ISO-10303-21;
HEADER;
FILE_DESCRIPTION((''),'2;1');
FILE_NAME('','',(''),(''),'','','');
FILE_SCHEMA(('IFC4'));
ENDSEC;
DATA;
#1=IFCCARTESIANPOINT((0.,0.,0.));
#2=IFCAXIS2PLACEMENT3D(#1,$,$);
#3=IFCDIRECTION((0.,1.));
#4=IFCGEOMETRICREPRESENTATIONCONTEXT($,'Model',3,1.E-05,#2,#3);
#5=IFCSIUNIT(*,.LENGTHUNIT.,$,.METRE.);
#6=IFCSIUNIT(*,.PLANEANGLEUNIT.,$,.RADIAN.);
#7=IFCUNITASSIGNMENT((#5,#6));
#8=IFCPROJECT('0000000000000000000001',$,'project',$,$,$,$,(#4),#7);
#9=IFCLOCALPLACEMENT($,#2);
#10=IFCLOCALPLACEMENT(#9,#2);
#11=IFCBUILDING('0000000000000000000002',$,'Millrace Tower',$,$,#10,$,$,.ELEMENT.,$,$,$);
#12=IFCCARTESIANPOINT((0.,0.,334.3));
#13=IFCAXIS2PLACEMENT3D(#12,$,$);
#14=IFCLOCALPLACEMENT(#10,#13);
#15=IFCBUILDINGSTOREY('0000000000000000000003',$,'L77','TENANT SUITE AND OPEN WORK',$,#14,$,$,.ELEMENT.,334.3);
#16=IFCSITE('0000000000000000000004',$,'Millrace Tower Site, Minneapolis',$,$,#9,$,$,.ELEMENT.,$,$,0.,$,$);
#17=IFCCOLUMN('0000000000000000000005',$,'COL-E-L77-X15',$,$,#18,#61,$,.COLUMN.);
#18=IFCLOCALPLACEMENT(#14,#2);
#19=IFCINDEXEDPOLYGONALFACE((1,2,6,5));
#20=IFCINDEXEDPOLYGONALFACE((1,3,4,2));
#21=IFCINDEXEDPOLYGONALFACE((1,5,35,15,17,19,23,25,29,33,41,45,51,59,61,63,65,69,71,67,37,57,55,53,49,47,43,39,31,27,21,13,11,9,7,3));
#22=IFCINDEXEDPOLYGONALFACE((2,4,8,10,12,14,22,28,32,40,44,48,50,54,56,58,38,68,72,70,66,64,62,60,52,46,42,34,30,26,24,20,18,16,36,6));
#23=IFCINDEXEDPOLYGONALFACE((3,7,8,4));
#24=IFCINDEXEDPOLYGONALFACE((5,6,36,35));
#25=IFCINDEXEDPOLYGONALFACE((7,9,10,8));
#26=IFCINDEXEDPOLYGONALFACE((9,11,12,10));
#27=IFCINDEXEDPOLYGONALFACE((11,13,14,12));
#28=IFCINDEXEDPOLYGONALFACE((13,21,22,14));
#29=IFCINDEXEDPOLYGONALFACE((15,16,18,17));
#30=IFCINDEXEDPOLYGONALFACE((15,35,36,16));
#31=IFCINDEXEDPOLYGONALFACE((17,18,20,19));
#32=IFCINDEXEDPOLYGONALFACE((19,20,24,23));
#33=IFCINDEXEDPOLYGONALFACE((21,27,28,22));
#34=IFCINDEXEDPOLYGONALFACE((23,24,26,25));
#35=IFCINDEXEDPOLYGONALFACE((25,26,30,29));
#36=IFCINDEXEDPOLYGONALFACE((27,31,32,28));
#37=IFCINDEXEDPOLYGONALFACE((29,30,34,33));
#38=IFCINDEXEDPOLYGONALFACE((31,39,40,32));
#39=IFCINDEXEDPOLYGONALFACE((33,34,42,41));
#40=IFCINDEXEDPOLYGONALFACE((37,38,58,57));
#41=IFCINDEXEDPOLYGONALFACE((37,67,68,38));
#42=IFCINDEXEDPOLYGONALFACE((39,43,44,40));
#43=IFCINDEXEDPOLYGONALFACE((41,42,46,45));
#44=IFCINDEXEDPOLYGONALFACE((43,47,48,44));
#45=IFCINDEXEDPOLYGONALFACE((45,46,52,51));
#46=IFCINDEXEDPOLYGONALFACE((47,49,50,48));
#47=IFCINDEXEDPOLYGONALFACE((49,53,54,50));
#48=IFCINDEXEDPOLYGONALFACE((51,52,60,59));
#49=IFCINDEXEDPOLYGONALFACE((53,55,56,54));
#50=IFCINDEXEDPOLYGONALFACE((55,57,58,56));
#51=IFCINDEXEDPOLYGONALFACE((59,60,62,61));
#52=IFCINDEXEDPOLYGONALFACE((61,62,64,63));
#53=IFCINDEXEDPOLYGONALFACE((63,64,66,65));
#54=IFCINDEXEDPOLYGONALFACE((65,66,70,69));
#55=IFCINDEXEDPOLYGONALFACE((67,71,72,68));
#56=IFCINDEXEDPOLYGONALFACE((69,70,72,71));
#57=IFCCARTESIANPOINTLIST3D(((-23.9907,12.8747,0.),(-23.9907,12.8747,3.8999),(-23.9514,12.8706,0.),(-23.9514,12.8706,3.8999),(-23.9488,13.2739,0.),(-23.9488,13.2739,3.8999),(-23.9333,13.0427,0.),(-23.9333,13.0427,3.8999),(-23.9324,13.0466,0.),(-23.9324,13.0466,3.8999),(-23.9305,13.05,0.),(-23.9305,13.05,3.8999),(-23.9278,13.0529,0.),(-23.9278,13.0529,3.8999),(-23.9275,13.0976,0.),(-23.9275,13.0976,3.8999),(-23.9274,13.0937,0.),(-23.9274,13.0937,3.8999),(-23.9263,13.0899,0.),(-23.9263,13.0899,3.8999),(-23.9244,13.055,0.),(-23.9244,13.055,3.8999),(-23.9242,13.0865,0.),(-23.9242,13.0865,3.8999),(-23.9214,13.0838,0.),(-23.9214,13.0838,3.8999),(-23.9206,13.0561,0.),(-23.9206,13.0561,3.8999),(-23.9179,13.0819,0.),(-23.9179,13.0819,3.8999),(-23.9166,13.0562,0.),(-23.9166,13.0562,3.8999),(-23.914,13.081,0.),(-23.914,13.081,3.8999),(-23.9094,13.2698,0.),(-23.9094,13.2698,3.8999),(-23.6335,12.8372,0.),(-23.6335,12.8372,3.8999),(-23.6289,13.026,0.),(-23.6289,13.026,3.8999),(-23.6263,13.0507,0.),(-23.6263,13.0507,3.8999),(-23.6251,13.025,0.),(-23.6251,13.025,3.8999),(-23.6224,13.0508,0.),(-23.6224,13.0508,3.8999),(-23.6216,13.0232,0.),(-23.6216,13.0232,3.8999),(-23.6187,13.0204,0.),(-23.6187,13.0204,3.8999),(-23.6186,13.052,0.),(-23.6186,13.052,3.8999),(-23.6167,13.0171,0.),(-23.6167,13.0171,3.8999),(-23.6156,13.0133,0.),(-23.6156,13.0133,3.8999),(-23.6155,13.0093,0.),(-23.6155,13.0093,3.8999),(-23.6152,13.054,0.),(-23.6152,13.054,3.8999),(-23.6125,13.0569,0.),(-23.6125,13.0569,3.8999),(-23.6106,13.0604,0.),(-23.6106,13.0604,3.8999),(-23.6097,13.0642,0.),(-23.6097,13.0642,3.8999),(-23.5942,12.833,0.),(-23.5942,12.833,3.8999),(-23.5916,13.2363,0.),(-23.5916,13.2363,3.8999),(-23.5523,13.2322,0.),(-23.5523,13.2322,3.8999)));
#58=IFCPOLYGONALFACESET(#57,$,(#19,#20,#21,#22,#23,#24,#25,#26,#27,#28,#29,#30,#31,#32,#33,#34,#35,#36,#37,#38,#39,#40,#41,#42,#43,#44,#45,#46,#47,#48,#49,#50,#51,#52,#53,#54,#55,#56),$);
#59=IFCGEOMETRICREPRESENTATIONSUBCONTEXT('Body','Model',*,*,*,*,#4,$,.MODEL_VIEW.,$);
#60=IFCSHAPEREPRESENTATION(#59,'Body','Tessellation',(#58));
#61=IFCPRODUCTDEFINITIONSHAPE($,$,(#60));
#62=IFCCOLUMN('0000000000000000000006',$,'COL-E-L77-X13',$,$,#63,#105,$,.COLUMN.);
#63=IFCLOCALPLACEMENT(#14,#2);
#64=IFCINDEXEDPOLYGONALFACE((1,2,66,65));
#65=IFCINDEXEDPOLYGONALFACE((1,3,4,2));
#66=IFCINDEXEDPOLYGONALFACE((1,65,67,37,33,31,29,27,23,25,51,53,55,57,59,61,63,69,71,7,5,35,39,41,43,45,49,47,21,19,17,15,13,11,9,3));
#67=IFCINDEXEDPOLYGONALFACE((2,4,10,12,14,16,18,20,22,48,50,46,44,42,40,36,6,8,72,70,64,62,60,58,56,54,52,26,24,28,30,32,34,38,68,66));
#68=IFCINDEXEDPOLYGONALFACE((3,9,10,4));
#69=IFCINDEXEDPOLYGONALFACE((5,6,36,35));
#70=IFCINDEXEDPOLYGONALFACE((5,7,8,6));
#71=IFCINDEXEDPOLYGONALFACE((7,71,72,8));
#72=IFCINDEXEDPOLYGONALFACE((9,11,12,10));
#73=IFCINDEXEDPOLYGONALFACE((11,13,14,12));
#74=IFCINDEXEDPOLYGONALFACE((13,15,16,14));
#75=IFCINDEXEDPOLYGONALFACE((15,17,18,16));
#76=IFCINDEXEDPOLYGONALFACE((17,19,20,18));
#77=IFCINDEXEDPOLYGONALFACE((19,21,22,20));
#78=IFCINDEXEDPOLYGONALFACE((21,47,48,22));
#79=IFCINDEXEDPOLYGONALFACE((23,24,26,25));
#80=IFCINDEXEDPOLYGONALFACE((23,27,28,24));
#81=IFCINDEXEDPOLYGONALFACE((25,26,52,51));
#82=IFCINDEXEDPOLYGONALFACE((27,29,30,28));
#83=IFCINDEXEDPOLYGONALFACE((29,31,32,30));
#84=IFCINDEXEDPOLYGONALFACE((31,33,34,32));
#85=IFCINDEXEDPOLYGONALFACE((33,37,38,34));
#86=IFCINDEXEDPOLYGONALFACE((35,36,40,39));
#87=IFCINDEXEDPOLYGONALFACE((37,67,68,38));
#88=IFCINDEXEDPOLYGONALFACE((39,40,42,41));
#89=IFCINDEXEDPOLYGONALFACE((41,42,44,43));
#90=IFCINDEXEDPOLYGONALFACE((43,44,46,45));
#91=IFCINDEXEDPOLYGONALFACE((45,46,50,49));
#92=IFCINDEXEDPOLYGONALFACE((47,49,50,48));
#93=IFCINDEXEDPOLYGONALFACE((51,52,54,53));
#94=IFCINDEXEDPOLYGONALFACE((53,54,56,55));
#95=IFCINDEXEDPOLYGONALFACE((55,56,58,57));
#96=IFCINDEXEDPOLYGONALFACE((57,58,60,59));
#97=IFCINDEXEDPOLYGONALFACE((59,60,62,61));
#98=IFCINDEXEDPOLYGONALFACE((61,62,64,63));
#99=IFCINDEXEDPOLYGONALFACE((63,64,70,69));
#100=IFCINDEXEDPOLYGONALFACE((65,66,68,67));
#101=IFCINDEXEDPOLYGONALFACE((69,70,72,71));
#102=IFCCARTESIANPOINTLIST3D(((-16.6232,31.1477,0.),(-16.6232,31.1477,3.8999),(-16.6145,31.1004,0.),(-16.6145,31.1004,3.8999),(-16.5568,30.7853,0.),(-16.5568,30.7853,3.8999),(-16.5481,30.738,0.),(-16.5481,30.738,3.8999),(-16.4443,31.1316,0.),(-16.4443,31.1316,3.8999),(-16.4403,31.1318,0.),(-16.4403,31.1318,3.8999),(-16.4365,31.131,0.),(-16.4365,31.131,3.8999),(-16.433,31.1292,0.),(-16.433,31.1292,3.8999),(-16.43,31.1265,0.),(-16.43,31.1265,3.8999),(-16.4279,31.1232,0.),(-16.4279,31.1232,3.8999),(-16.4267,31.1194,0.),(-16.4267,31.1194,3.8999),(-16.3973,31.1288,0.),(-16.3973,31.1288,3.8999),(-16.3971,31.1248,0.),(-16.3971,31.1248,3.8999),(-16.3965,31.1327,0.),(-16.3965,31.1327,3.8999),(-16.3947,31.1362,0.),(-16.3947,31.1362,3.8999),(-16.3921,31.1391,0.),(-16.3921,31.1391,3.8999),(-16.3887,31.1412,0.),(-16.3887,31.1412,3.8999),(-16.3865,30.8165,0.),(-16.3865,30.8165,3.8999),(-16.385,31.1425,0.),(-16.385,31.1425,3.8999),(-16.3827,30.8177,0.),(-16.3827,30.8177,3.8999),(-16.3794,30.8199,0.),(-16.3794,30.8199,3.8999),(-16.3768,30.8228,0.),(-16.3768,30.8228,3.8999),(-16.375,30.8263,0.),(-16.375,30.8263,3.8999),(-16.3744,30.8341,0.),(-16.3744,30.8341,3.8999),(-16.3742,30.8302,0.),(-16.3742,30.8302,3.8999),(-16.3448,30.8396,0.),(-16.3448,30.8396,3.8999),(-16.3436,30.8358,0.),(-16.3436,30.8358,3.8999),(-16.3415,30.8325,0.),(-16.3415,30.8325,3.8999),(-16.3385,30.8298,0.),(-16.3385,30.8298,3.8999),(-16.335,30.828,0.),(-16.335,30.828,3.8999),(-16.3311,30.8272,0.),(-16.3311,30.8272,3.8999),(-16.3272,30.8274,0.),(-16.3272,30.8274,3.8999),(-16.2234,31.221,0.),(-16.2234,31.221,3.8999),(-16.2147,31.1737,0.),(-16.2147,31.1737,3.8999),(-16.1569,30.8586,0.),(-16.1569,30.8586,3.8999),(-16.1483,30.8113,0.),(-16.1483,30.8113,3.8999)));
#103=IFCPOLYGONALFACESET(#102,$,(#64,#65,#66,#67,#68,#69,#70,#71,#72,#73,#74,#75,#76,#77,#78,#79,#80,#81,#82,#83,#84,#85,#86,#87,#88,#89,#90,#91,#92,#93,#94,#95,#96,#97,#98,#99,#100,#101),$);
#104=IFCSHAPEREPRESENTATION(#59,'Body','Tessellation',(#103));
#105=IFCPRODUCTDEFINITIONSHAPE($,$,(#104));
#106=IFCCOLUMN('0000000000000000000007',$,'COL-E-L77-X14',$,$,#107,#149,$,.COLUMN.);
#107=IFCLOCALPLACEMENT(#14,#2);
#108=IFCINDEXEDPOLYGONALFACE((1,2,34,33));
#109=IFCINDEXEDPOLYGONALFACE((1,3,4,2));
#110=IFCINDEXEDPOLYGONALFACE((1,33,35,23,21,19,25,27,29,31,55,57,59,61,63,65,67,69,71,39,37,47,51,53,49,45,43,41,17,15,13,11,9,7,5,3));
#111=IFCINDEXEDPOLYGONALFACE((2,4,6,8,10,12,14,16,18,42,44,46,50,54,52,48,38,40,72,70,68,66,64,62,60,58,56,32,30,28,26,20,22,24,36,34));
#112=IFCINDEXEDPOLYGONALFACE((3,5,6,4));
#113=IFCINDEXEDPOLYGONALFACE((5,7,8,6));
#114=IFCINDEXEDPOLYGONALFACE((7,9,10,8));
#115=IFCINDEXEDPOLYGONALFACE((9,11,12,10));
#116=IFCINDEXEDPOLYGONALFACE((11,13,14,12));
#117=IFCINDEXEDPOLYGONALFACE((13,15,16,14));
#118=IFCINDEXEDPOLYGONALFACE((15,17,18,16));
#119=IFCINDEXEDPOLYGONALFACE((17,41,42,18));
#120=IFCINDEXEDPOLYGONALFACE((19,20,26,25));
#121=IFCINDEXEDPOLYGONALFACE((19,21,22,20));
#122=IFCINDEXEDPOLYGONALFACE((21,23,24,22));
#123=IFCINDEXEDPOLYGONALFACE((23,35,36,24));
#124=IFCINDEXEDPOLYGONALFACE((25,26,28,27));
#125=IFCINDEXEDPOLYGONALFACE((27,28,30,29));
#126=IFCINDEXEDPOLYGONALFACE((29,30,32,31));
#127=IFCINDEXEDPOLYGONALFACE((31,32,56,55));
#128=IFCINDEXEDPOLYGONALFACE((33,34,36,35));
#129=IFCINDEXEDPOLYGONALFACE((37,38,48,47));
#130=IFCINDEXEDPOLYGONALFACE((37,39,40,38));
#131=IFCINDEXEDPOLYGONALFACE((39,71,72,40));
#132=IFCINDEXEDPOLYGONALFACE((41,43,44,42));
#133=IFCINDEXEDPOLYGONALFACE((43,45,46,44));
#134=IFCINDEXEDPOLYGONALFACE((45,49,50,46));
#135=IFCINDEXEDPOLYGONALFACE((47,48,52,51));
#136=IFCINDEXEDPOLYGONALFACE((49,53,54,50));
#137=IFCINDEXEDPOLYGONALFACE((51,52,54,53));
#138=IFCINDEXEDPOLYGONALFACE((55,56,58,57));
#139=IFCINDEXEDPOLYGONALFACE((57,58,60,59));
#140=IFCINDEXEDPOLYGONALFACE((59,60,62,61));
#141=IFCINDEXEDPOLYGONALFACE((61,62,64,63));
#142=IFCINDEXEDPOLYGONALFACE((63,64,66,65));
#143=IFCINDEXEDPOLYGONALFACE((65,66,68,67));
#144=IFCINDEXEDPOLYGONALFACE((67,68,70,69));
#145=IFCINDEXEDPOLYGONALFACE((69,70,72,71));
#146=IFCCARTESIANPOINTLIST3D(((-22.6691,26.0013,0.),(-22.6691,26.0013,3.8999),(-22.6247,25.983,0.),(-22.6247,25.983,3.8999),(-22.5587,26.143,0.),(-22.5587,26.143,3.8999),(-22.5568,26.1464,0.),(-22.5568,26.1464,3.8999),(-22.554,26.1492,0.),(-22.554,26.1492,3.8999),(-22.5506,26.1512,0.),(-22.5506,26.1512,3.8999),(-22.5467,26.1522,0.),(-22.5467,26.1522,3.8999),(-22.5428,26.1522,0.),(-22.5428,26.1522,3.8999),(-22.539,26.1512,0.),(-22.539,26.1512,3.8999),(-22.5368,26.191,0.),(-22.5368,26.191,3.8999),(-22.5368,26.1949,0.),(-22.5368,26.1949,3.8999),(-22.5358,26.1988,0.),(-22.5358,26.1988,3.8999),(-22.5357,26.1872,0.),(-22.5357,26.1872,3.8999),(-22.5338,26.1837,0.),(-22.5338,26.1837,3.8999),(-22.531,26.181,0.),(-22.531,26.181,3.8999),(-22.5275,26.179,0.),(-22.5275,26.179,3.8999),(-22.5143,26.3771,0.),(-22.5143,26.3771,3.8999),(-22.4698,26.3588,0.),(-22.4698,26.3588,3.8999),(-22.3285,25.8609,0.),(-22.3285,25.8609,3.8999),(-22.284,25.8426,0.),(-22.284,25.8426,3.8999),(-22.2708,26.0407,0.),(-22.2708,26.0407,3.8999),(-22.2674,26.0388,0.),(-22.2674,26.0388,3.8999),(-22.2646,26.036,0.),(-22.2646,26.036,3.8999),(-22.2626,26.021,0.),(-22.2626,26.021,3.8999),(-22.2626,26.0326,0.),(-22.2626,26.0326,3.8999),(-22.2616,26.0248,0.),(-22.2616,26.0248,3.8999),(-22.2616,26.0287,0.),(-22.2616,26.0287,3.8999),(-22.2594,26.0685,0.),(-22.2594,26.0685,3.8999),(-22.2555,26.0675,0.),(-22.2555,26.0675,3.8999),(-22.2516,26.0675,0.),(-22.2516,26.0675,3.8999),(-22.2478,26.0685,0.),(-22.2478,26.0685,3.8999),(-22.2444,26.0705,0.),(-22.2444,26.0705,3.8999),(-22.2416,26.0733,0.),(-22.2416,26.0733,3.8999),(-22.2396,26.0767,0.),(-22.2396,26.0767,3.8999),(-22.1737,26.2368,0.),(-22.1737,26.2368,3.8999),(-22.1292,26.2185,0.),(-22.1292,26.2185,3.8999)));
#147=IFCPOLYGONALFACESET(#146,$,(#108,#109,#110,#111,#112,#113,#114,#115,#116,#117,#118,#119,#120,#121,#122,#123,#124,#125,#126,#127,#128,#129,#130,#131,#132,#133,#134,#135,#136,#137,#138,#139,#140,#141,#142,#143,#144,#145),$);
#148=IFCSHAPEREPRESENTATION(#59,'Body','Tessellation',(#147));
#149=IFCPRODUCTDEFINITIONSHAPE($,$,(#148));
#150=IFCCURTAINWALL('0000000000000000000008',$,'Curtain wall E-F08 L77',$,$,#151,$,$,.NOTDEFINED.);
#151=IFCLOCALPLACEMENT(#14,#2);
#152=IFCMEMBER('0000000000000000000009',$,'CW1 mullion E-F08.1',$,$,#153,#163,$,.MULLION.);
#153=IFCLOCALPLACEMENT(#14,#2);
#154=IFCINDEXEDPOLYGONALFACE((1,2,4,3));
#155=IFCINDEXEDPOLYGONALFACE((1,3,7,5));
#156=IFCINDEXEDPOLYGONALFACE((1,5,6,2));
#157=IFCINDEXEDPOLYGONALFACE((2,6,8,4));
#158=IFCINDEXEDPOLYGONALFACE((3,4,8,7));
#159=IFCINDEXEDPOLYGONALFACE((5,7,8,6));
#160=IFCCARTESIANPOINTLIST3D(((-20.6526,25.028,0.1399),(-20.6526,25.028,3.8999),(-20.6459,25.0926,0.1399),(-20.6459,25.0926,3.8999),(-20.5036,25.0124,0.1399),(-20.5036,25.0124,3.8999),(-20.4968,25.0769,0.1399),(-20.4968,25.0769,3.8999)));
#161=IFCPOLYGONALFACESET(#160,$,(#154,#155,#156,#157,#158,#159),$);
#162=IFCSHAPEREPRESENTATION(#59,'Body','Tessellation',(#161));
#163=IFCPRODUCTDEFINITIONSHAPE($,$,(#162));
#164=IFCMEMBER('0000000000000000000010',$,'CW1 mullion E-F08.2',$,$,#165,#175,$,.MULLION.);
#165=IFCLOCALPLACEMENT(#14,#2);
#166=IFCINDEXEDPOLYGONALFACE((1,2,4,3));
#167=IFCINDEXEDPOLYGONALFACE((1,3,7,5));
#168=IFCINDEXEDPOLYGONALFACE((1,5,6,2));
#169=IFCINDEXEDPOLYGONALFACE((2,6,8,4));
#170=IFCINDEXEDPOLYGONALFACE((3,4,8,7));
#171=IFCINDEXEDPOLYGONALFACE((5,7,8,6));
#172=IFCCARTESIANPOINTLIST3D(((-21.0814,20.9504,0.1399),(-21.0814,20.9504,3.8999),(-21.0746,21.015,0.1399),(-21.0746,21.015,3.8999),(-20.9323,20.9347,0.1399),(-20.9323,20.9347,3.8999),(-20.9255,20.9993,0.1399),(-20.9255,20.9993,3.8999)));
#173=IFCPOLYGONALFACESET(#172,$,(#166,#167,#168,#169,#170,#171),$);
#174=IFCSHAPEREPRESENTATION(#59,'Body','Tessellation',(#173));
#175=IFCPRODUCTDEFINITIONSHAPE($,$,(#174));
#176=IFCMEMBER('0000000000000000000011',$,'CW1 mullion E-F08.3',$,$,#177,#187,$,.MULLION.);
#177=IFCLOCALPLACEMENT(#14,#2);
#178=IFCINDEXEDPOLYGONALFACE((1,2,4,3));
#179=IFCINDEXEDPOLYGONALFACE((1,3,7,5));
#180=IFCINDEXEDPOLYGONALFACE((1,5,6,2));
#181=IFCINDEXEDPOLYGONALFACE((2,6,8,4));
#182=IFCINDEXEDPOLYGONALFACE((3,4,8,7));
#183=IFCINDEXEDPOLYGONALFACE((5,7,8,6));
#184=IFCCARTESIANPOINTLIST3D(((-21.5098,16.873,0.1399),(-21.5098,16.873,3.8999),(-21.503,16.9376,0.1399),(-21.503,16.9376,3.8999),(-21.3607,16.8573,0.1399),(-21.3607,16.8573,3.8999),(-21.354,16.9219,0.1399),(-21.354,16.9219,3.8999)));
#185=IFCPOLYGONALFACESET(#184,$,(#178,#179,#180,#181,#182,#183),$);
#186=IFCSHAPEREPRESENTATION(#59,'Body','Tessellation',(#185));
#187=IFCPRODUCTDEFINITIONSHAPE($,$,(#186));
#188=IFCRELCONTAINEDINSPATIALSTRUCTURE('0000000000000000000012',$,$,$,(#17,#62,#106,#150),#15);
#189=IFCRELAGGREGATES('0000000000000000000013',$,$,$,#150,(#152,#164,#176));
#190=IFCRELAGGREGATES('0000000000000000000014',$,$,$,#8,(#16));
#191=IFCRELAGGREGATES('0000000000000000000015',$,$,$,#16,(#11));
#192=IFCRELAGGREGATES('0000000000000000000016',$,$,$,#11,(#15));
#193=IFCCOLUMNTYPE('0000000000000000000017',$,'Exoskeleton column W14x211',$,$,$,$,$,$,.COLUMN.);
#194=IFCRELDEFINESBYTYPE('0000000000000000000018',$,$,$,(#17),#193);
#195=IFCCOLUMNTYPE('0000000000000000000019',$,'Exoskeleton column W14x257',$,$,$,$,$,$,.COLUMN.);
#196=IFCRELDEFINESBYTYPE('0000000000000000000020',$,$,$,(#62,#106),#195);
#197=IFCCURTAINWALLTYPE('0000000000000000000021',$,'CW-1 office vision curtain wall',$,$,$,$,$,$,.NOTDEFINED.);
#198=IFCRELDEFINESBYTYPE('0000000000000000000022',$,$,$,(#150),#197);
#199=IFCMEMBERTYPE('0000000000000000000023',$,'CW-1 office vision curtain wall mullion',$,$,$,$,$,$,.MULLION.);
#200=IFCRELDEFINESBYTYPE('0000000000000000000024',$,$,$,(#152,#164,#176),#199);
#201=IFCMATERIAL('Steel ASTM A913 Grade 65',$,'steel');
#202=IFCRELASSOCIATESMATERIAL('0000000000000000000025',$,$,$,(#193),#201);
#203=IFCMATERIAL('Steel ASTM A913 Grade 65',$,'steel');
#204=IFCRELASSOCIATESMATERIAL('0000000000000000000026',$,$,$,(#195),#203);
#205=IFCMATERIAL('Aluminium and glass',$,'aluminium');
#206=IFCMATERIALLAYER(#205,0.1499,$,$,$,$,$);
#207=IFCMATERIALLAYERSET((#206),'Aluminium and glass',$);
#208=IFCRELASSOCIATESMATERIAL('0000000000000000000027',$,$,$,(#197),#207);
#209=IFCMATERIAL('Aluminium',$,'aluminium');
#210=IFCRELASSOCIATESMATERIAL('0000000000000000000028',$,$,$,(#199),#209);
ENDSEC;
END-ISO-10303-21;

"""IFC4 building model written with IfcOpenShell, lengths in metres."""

from ifc_helpers import new_model, si_unit, direction, frame, origin, origin_2d, place, context, subcontext, project, spatial, rectangle, i_section, extrude, material, layer, layer_set, material_profile, profile_set, type_object, element, aggregate, save


model = new_model("IFC4")

# Units and contexts
model_context = context("Model", 3, precision=1e-05, world=origin(), true_north=direction((0.0, 1.0)))
body_context = subcontext(model_context, "Body", "Model", "MODEL_VIEW")
ifc_project = project(units=[si_unit("LENGTHUNIT", "METRE"), si_unit("PLANEANGLEUNIT", "RADIAN")], contexts=[model_context])

# Site, building, storey
site_placement = place(None, origin())
site = spatial("IfcSite", under=ifc_project, at=site_placement, Name="Millrace Tower Site, Minneapolis", CompositionType="ELEMENT", RefElevation=0.0)
building_placement = place(site_placement, origin())
building = spatial("IfcBuilding", under=site, at=building_placement, Name="Millrace Tower", CompositionType="ELEMENT")
storey_placement = place(building_placement, frame((0.0, 0.0, 334.3)))
storey = spatial("IfcBuildingStorey", under=building, at=storey_placement, Name="L77", Description="TENANT SUITE AND OPEN WORK", CompositionType="ELEMENT", Elevation=334.3)

# Columns
ifc_material_1 = material(Name="Steel ASTM A913 Grade 65", Category="steel")
ifc_material_profile_1 = material_profile(ifc_material_1, i_section(OverallWidth=0.4014, OverallDepth=0.3987, WebThickness=0.0249, FlangeThickness=0.0396, FilletRadius=0.0151, at=origin_2d()))
ifc_profile_set_1 = profile_set([ifc_material_profile_1], Name="Steel ASTM A913 Grade 65")
column_type_1 = type_object("IfcColumnType", Name="Exoskeleton column W14x211", PredefinedType="COLUMN", material=ifc_profile_set_1)
column_placement = place(storey_placement, frame((-23.7715, 13.0535, 0.0), z_axis=(0.0, 0.0, 1.0), x_axis=(-0.104528, -0.994522, 0.0)))
element("IfcColumn", 1, at=column_placement, inside=storey, type_object=column_type_1, Name="COL-E-L77-X15", PredefinedType="COLUMN", context=body_context, shape_type="SweptSolid", body=[
    extrude(i_section(OverallWidth=0.4014, OverallDepth=0.3987, WebThickness=0.0249, FlangeThickness=0.0396, FilletRadius=0.0151, at=origin_2d()), origin(), (0.0, 0.0, 1.0), 3.8999),
])
ifc_material_2 = material(Name="Steel ASTM A913 Grade 65", Category="steel")
ifc_material_profile_2 = material_profile(ifc_material_2, i_section(OverallWidth=0.4065, OverallDepth=0.4165, WebThickness=0.03, FlangeThickness=0.0481, FilletRadius=0.0151, at=origin_2d()))
ifc_profile_set_2 = profile_set([ifc_material_profile_2], Name="Steel ASTM A913 Grade 65")
column_type_2 = type_object("IfcColumnType", Name="Exoskeleton column W14x257", PredefinedType="COLUMN", material=ifc_profile_set_2)
for number, where, z_axis, x_axis, name in (
    (2, (-16.3857, 30.9795, 0.0), (0.0, 0.0, 1.0), (-0.983596, -0.180387, 0.0), "COL-E-L77-X13"),
    (3, (-22.3992, 26.1099, 0.0), (0.0, 0.0, 1.0), (-0.380947, -0.924597, 0.0), "COL-E-L77-X14"),
):
    element("IfcColumn", number, at=place(storey_placement, frame(where, z_axis=z_axis, x_axis=x_axis)), inside=storey, type_object=column_type_2, Name=name, PredefinedType="COLUMN", context=body_context, shape_type="SweptSolid", body=[
        extrude(i_section(OverallWidth=0.4065, OverallDepth=0.4165, WebThickness=0.03, FlangeThickness=0.0481, FilletRadius=0.0151, at=origin_2d()), origin(), (0.0, 0.0, 1.0), 3.8999),
    ])

# Curtain wall, members
ifc_material_3 = material(Name="Aluminium and glass", Category="aluminium")
ifc_layer_1 = layer(ifc_material_3, 0.1499)
ifc_layer_set_1 = layer_set([ifc_layer_1], Name="Aluminium and glass")
curtain_wall_type = type_object("IfcCurtainWallType", Name="CW-1 office vision curtain wall", PredefinedType="NOTDEFINED", material=ifc_layer_set_1)
placement = place(storey_placement, origin())
curtain_wall_1 = element("IfcCurtainWall", 4, at=placement, inside=storey, type_object=curtain_wall_type, Name="Curtain wall E-F08 L77", PredefinedType="NOTDEFINED")
ifc_material_4 = material(Name="Aluminium", Category="aluminium")
ifc_material_profile_3 = material_profile(ifc_material_4, rectangle(XDim=0.0649, YDim=0.1499, at=origin_2d()))
ifc_profile_set_3 = profile_set([ifc_material_profile_3], Name="Aluminium")
member_type_1 = type_object("IfcMemberType", Name="CW-1 office vision curtain wall mullion", PredefinedType="MULLION", material=ifc_profile_set_3)
member_1_placement = place(storey_placement, frame((-20.5747, 25.0525, 0.1399), z_axis=(0.0, 0.0, 1.0), x_axis=(-0.104528, -0.994522, 0.0)))
member_1 = element("IfcMember", 5, at=member_1_placement, type_object=member_type_1, Name="CW1 mullion E-F08.1", PredefinedType="MULLION", context=body_context, shape_type="SweptSolid", body=[
    extrude(rectangle(XDim=0.0649, YDim=0.1499, at=origin_2d()), origin(), (0.0, 0.0, 1.0), 3.76),
])
member_2_placement = place(storey_placement, frame((-21.0034, 20.9749, 0.1399), z_axis=(0.0, 0.0, 1.0), x_axis=(-0.104528, -0.994522, 0.0)))
member_2 = element("IfcMember", 6, at=member_2_placement, type_object=member_type_1, Name="CW1 mullion E-F08.2", PredefinedType="MULLION", context=body_context, shape_type="SweptSolid", body=[
    extrude(rectangle(XDim=0.0649, YDim=0.1499, at=origin_2d()), origin(), (0.0, 0.0, 1.0), 3.76),
])
member_3_placement = place(storey_placement, frame((-21.4319, 16.8975, 0.1399), z_axis=(0.0, 0.0, 1.0), x_axis=(-0.104528, -0.994522, 0.0)))
member_3 = element("IfcMember", 7, at=member_3_placement, type_object=member_type_1, Name="CW1 mullion E-F08.3", PredefinedType="MULLION", context=body_context, shape_type="SweptSolid", body=[
    extrude(rectangle(XDim=0.0649, YDim=0.1499, at=origin_2d()), origin(), (0.0, 0.0, 1.0), 3.76),
])

aggregate(curtain_wall_1, [member_1, member_2, member_3])

save(model, "model.ifc")
